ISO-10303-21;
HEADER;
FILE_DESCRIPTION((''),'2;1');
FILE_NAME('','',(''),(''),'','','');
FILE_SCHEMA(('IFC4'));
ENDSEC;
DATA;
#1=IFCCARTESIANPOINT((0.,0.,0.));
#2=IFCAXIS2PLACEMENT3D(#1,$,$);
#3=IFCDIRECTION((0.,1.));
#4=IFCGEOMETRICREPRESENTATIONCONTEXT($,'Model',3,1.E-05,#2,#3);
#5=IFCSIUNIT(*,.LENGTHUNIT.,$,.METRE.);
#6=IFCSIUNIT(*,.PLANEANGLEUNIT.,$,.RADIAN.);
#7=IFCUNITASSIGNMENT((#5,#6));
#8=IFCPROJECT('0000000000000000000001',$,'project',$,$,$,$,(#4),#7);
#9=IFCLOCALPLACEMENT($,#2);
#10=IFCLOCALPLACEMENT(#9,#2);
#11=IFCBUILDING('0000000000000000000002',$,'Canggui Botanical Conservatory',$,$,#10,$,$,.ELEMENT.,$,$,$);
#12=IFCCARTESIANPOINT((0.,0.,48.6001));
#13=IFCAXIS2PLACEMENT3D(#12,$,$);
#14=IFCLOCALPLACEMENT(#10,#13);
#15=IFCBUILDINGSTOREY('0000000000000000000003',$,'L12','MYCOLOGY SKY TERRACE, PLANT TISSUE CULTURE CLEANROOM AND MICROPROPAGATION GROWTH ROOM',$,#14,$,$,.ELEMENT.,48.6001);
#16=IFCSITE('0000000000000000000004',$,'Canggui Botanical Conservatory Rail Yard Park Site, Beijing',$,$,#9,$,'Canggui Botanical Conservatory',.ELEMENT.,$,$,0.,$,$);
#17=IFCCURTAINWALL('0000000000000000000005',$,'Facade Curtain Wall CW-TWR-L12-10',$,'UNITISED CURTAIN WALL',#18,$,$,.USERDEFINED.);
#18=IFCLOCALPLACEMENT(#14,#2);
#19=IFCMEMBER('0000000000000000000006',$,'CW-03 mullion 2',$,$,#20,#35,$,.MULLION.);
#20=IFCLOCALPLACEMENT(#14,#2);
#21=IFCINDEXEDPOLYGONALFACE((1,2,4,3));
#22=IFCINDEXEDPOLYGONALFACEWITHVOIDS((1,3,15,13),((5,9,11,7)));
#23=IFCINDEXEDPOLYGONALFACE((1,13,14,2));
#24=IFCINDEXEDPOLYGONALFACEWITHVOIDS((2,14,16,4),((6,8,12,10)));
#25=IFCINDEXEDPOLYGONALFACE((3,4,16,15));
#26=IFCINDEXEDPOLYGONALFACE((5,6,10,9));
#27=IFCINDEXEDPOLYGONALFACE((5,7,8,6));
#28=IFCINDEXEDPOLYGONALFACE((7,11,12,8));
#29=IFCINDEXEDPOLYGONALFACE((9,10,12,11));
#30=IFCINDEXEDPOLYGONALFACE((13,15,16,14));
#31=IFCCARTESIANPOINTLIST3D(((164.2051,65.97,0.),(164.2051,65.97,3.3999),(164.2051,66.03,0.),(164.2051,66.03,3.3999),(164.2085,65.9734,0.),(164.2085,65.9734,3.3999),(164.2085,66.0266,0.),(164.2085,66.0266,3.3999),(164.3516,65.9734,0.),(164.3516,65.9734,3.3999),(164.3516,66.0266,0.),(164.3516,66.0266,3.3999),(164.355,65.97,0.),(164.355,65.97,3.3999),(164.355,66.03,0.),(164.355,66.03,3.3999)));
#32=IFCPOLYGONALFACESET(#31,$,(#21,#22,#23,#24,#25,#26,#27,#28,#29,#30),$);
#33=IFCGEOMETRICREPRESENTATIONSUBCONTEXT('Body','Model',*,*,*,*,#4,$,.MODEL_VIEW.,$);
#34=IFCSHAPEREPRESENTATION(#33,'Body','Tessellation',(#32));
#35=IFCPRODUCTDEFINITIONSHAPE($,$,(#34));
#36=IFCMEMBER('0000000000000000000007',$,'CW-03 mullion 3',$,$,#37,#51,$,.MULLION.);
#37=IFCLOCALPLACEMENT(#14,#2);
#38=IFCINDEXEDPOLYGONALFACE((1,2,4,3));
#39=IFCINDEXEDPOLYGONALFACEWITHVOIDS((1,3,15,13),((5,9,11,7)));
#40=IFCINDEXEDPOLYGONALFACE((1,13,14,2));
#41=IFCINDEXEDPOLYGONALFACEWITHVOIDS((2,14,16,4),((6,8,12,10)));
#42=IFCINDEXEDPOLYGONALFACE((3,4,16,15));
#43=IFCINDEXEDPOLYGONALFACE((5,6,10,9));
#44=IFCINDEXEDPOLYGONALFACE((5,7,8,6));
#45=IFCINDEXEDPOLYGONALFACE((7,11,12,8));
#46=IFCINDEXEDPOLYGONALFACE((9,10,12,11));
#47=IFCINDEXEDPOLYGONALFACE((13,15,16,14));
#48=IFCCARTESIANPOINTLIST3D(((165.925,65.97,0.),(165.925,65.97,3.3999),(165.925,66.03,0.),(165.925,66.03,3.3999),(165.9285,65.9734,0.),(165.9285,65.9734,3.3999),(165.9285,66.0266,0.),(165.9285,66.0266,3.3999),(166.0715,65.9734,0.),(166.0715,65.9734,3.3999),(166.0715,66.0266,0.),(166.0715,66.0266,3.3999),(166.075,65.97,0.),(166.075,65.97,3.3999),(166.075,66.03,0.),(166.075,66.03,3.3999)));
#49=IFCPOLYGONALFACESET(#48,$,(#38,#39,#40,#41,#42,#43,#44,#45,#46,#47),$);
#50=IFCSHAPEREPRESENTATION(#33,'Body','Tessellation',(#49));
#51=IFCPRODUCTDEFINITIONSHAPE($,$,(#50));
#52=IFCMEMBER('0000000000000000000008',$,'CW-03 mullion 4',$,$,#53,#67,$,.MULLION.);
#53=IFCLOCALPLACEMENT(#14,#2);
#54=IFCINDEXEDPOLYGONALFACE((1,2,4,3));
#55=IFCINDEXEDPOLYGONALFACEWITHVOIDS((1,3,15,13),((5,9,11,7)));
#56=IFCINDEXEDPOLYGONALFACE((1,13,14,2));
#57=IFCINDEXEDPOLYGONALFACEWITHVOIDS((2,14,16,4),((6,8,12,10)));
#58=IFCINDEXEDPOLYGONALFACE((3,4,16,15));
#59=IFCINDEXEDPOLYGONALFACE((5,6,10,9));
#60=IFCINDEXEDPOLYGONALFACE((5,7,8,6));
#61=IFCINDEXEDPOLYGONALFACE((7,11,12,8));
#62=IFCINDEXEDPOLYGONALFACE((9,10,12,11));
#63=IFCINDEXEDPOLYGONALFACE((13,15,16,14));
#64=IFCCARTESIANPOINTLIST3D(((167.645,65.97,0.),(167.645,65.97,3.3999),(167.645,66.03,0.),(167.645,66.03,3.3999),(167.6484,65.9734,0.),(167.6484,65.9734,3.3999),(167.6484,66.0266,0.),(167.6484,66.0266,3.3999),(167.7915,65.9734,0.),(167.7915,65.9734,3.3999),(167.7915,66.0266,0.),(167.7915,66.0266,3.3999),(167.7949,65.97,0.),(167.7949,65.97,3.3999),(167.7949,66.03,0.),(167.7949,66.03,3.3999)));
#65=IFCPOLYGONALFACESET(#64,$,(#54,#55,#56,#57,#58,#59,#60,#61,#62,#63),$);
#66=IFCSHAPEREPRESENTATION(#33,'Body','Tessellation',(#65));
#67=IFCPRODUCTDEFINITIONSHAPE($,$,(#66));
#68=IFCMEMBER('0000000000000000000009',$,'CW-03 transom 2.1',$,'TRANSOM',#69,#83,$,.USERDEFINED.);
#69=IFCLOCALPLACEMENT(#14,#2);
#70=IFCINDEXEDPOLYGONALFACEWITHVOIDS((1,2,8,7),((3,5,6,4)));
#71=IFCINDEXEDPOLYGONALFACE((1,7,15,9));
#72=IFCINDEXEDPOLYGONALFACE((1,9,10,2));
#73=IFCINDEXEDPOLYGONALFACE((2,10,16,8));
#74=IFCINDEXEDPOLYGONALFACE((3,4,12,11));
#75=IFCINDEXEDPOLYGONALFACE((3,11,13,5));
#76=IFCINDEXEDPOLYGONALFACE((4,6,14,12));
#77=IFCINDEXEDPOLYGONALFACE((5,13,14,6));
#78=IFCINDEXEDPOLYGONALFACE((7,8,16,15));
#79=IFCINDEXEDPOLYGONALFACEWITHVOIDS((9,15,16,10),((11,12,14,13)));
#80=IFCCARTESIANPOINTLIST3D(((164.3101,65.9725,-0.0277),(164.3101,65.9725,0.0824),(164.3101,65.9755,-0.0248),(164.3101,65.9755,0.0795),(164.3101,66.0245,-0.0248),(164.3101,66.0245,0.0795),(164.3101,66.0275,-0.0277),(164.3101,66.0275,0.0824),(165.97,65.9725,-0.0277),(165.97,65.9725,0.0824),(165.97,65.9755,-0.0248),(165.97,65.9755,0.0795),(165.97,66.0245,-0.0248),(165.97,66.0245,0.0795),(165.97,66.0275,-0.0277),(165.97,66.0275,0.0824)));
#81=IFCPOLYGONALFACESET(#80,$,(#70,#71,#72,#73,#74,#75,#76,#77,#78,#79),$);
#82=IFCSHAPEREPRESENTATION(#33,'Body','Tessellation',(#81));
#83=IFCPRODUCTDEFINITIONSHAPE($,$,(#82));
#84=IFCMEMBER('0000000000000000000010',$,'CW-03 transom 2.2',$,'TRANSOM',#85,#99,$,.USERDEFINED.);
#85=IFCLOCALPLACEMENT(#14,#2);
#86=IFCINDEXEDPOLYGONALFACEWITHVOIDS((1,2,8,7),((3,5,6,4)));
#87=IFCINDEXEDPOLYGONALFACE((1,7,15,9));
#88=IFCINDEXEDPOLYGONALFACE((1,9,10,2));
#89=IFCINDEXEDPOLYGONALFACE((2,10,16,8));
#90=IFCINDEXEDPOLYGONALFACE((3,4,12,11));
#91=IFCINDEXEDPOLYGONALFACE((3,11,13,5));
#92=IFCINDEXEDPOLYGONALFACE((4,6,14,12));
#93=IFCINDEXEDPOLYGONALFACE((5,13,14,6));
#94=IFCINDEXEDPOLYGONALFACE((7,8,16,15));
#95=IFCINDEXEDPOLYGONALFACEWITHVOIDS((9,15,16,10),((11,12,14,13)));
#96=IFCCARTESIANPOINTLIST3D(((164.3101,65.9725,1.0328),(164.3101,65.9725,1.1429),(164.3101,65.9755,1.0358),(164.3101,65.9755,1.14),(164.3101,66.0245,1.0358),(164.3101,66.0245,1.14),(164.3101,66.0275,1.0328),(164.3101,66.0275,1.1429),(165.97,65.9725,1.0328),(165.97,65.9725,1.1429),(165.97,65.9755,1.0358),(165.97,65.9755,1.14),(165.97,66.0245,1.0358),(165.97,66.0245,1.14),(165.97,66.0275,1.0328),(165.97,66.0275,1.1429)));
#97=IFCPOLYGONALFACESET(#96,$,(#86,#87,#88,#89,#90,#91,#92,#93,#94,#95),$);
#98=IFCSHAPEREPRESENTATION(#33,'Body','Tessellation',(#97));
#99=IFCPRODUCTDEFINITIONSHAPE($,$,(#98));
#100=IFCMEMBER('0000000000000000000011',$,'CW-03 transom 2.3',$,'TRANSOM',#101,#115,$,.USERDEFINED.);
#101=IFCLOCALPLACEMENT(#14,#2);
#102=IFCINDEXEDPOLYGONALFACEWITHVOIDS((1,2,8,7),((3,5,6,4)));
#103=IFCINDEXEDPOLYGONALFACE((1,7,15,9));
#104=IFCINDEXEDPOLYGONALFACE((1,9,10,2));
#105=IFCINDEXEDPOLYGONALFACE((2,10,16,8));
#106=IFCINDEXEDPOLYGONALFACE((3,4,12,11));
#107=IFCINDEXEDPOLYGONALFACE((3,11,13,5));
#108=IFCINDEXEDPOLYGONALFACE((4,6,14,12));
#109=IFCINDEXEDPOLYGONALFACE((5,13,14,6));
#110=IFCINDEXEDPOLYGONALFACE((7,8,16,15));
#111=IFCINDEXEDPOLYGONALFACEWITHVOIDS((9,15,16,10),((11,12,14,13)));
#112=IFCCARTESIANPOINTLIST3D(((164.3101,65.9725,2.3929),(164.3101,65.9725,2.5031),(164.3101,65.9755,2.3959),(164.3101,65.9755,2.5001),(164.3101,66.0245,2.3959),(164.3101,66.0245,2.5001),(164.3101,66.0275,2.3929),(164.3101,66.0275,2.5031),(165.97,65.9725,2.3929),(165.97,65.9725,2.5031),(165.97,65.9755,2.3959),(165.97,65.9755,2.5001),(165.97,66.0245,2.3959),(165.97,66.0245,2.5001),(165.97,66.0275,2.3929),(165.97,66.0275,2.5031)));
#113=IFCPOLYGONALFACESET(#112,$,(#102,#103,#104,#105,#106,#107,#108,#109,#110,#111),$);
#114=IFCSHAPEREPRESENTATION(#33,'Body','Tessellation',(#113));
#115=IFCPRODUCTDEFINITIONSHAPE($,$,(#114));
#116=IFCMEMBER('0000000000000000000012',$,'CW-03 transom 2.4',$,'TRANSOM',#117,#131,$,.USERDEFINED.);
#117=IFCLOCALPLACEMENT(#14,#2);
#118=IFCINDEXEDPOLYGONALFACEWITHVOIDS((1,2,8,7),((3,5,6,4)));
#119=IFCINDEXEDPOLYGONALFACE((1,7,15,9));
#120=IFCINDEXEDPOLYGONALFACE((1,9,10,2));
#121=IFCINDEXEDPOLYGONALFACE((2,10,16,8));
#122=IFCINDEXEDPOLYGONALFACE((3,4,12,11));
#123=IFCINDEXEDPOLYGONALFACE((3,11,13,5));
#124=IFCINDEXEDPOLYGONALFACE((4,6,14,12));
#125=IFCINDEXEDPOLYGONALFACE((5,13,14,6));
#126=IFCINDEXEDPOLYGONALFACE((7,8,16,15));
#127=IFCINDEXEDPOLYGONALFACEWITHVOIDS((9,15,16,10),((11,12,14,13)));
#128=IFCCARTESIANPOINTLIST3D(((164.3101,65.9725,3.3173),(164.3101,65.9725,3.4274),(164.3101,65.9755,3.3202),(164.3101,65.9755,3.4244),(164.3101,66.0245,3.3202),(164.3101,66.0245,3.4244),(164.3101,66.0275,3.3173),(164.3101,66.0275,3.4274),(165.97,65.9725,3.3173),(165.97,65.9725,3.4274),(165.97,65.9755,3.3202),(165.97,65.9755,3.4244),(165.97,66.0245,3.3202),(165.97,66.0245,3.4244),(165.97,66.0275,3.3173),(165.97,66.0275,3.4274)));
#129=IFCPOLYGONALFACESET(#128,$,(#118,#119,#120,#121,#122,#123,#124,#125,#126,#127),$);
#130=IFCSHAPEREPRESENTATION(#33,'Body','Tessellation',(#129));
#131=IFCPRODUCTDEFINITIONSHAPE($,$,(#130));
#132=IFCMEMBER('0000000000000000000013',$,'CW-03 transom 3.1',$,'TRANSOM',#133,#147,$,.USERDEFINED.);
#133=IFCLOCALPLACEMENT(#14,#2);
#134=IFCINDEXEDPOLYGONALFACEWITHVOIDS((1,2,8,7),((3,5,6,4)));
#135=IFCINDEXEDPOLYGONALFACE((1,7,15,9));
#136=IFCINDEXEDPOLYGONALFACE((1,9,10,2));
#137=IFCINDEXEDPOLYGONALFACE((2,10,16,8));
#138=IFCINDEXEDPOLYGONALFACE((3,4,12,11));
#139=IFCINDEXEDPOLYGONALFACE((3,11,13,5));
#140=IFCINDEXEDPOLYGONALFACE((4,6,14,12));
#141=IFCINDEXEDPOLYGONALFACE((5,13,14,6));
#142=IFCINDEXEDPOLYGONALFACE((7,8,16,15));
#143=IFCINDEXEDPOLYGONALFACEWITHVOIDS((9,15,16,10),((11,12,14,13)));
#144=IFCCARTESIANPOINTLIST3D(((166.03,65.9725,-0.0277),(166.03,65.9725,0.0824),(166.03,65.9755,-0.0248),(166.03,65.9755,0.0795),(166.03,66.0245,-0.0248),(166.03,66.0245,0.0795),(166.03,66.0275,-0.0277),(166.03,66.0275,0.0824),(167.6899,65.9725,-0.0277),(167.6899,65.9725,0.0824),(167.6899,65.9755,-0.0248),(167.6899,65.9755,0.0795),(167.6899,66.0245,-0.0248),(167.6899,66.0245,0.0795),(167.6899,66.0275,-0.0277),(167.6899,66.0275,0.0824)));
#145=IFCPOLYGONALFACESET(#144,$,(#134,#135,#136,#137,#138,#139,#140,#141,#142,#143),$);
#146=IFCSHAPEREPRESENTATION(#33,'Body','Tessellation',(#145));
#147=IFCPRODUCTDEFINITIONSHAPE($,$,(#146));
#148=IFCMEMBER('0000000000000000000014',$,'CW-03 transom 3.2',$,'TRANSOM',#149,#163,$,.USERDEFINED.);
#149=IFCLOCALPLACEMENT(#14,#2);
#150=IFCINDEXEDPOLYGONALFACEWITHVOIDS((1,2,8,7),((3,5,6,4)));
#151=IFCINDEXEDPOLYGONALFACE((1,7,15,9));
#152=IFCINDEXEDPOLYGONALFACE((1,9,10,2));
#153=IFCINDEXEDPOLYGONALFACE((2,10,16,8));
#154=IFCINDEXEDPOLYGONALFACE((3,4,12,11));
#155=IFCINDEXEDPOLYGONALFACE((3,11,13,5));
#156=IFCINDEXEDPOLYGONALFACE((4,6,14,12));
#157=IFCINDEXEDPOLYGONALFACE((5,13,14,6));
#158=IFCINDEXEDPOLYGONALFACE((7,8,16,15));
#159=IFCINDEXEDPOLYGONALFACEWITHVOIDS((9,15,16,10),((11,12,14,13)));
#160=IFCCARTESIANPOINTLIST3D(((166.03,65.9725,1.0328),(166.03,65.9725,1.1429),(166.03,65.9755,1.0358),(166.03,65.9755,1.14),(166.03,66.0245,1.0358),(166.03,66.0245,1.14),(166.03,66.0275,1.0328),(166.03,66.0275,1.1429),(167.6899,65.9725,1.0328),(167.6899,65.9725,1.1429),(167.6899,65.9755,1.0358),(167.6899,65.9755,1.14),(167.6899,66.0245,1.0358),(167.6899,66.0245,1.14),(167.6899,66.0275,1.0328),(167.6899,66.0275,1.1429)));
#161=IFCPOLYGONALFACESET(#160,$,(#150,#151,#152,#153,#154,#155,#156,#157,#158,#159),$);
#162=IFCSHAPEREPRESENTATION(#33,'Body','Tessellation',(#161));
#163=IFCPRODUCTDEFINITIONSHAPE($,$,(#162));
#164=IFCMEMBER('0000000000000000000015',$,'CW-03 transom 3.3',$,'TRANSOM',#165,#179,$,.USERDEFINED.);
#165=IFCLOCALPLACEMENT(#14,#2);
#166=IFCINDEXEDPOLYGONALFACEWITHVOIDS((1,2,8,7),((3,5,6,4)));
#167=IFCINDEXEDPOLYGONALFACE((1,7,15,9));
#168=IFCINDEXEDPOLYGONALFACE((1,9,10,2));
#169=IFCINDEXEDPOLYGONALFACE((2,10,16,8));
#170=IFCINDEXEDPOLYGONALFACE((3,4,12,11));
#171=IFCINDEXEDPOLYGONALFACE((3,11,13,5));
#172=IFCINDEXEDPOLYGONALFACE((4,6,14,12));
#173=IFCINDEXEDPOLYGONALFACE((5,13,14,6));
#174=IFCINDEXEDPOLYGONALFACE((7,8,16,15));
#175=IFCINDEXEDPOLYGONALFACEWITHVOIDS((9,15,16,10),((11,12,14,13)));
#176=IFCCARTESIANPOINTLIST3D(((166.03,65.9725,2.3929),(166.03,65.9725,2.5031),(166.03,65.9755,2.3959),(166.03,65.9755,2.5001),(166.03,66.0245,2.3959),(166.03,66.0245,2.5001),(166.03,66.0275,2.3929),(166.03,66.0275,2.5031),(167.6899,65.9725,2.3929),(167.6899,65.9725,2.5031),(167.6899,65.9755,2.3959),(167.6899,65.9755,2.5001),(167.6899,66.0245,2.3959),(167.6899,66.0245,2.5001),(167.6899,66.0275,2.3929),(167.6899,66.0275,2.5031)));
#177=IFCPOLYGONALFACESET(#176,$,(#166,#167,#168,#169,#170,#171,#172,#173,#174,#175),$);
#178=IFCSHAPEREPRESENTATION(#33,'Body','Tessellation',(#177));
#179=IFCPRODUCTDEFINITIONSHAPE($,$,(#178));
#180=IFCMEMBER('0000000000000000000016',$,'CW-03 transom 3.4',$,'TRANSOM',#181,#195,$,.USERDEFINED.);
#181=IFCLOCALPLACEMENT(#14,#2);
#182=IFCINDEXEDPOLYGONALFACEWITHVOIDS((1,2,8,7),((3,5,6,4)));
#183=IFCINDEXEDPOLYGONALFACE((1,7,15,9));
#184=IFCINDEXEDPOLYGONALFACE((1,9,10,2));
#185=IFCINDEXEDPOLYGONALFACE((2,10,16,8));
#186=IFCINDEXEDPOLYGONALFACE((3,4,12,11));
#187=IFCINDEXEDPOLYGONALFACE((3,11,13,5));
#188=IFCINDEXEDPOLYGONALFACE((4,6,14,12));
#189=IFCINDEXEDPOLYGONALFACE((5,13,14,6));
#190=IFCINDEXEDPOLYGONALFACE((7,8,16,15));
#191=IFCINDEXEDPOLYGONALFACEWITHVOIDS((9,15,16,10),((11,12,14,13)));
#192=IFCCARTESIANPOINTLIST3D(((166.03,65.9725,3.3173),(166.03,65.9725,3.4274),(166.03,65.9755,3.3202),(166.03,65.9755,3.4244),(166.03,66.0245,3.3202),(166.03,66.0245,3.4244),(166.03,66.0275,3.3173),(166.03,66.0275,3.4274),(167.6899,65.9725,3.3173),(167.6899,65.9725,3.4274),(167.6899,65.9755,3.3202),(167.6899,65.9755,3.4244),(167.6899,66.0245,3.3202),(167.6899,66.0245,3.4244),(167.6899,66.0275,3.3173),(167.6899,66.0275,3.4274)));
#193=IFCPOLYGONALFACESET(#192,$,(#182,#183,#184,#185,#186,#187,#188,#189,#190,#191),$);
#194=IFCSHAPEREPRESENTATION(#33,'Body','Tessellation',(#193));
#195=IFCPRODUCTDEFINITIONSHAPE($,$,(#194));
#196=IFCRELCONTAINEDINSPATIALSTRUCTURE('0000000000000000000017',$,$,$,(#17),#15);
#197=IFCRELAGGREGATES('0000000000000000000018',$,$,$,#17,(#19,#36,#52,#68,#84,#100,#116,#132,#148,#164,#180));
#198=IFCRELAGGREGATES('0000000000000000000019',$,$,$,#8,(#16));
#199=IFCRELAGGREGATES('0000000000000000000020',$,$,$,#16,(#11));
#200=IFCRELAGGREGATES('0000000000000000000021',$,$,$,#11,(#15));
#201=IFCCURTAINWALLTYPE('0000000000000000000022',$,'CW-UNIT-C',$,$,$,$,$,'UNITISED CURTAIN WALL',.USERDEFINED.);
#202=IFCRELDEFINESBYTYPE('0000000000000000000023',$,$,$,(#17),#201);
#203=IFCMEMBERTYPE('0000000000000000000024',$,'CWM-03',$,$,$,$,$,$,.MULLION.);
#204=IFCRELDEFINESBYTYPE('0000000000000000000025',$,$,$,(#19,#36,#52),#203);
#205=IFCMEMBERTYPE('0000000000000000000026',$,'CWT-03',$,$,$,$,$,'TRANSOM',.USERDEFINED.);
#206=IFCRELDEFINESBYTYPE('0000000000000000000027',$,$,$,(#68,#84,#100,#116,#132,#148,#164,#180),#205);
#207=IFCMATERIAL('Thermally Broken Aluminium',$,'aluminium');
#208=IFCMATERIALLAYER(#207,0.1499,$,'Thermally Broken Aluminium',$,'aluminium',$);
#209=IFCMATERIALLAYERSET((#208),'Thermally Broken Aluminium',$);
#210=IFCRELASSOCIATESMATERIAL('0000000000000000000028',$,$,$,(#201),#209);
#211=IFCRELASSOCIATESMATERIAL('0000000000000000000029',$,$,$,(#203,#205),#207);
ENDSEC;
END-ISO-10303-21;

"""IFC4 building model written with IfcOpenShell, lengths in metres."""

from ifc_helpers import new_model, si_unit, direction, frame, origin, origin_2d, place, context, subcontext, project, spatial, hollow_rectangle, extrude, material, layer, layer_set, material_profile, profile_set, type_object, element, aggregate, save


model = new_model("IFC4")

# Units and contexts
model_context = context("Model", 3, precision=1e-05, world=origin(), true_north=direction((0.0, 1.0)))
body_context = subcontext(model_context, "Body", "Model", "MODEL_VIEW")
ifc_project = project(units=[si_unit("LENGTHUNIT", "METRE"), si_unit("PLANEANGLEUNIT", "RADIAN")], contexts=[model_context])

# Site, building, storey
site_placement = place(None, origin())
site = spatial("IfcSite", under=ifc_project, at=site_placement, Name="Canggui Botanical Conservatory Rail Yard Park Site, Beijing", LongName="Canggui Botanical Conservatory", CompositionType="ELEMENT", RefElevation=0.0)
building_placement = place(site_placement, origin())
building = spatial("IfcBuilding", under=site, at=building_placement, Name="Canggui Botanical Conservatory", CompositionType="ELEMENT")
storey_placement = place(building_placement, frame((0.0, 0.0, 48.6001)))
storey = spatial("IfcBuildingStorey", under=building, at=storey_placement, Name="L12", Description="MYCOLOGY SKY TERRACE, PLANT TISSUE CULTURE CLEANROOM AND MICROPROPAGATION GROWTH ROOM", CompositionType="ELEMENT", Elevation=48.6001)

# Curtain wall, members
ifc_material_1 = material(Name="Thermally Broken Aluminium", Category="aluminium")
ifc_layer_1 = layer(ifc_material_1, 0.1499, Name="Thermally Broken Aluminium", Category="aluminium")
ifc_layer_set_1 = layer_set([ifc_layer_1], Name="Thermally Broken Aluminium")
curtain_wall_type = type_object("IfcCurtainWallType", Name="CW-UNIT-C", ElementType="UNITISED CURTAIN WALL", PredefinedType="USERDEFINED", material=ifc_layer_set_1)
curtain_wall_placement = place(storey_placement, origin())
curtain_wall = element("IfcCurtainWall", 1, at=curtain_wall_placement, inside=storey, type_object=curtain_wall_type, Name="Facade Curtain Wall CW-TWR-L12-10", ObjectType="UNITISED CURTAIN WALL", PredefinedType="USERDEFINED")
ifc_material_profile_1 = material_profile(ifc_material_1, hollow_rectangle(XDim=0.0601, YDim=0.1499, WallThickness=0.0034, at=origin_2d()), Name="CWM 60x150x3.5")
ifc_profile_set_1 = profile_set([ifc_material_profile_1], Name="Thermally Broken Aluminium")
member_type_1 = type_object("IfcMemberType", Name="CWM-03", PredefinedType="MULLION", material=ifc_profile_set_1)
member_1_placement = place(storey_placement, frame((164.28, 66.0, 0.0), z_axis=(0.0, 0.0, 1.0), x_axis=(0.0, 1.0, 0.0)))
member_1 = element("IfcMember", 2, at=member_1_placement, type_object=member_type_1, Name="CW-03 mullion 2", PredefinedType="MULLION", context=body_context, shape_type="SweptSolid", body=[
    extrude(hollow_rectangle(XDim=0.0601, YDim=0.1499, WallThickness=0.0034, at=origin_2d()), origin(), (0.0, 0.0, 1.0), 3.3999),
])
member_2_placement = place(storey_placement, frame((166.0, 66.0, 0.0), z_axis=(0.0, 0.0, 1.0), x_axis=(0.0, 1.0, 0.0)))
member_2 = element("IfcMember", 3, at=member_2_placement, type_object=member_type_1, Name="CW-03 mullion 3", PredefinedType="MULLION", context=body_context, shape_type="SweptSolid", body=[
    extrude(hollow_rectangle(XDim=0.0601, YDim=0.1499, WallThickness=0.0034, at=origin_2d()), origin(), (0.0, 0.0, 1.0), 3.3999),
])
member_3_placement = place(storey_placement, frame((167.72, 66.0, 0.0), z_axis=(0.0, 0.0, 1.0), x_axis=(0.0, 1.0, 0.0)))
member_3 = element("IfcMember", 4, at=member_3_placement, type_object=member_type_1, Name="CW-03 mullion 4", PredefinedType="MULLION", context=body_context, shape_type="SweptSolid", body=[
    extrude(hollow_rectangle(XDim=0.0601, YDim=0.1499, WallThickness=0.0034, at=origin_2d()), origin(), (0.0, 0.0, 1.0), 3.3999),
])
ifc_material_profile_2 = material_profile(ifc_material_1, hollow_rectangle(XDim=0.0549, YDim=0.1101, WallThickness=0.0029, at=origin_2d()), Name="CWT 55x110x3")
ifc_profile_set_2 = profile_set([ifc_material_profile_2], Name="Thermally Broken Aluminium")
member_type_2 = type_object("IfcMemberType", Name="CWT-03", ElementType="TRANSOM", PredefinedType="USERDEFINED", material=ifc_profile_set_2)
member_4_placement = place(storey_placement, frame((164.3101, 66.0, 0.0273), z_axis=(1.0, 0.0, 0.0), x_axis=(0.0, 1.0, 0.0)))
member_4 = element("IfcMember", 5, at=member_4_placement, type_object=member_type_2, Name="CW-03 transom 2.1", ObjectType="TRANSOM", PredefinedType="USERDEFINED", context=body_context, shape_type="SweptSolid", body=[
    extrude(hollow_rectangle(XDim=0.0549, YDim=0.1101, WallThickness=0.0029, at=origin_2d()), origin(), (0.0, 0.0, 1.0), 1.6599),
])
member_5_placement = place(storey_placement, frame((164.3101, 66.0, 1.0879), z_axis=(1.0, 0.0, 0.0), x_axis=(0.0, 1.0, 0.0)))
member_5 = element("IfcMember", 6, at=member_5_placement, type_object=member_type_2, Name="CW-03 transom 2.2", ObjectType="TRANSOM", PredefinedType="USERDEFINED", context=body_context, shape_type="SweptSolid", body=[
    extrude(hollow_rectangle(XDim=0.0549, YDim=0.1101, WallThickness=0.0029, at=origin_2d()), origin(), (0.0, 0.0, 1.0), 1.6599),
])
member_6_placement = place(storey_placement, frame((164.3101, 66.0, 2.448), z_axis=(1.0, 0.0, 0.0), x_axis=(0.0, 1.0, 0.0)))
member_6 = element("IfcMember", 7, at=member_6_placement, type_object=member_type_2, Name="CW-03 transom 2.3", ObjectType="TRANSOM", PredefinedType="USERDEFINED", context=body_context, shape_type="SweptSolid", body=[
    extrude(hollow_rectangle(XDim=0.0549, YDim=0.1101, WallThickness=0.0029, at=origin_2d()), origin(), (0.0, 0.0, 1.0), 1.6599),
])
member_7_placement = place(storey_placement, frame((164.3101, 66.0, 3.3723), z_axis=(1.0, 0.0, 0.0), x_axis=(0.0, 1.0, 0.0)))
member_7 = element("IfcMember", 8, at=member_7_placement, type_object=member_type_2, Name="CW-03 transom 2.4", ObjectType="TRANSOM", PredefinedType="USERDEFINED", context=body_context, shape_type="SweptSolid", body=[
    extrude(hollow_rectangle(XDim=0.0549, YDim=0.1101, WallThickness=0.0029, at=origin_2d()), origin(), (0.0, 0.0, 1.0), 1.6599),
])
member_8_placement = place(storey_placement, frame((166.03, 66.0, 0.0273), z_axis=(1.0, 0.0, 0.0), x_axis=(0.0, 1.0, 0.0)))
member_8 = element("IfcMember", 9, at=member_8_placement, type_object=member_type_2, Name="CW-03 transom 3.1", ObjectType="TRANSOM", PredefinedType="USERDEFINED", context=body_context, shape_type="SweptSolid", body=[
    extrude(hollow_rectangle(XDim=0.0549, YDim=0.1101, WallThickness=0.0029, at=origin_2d()), origin(), (0.0, 0.0, 1.0), 1.6599),
])
member_9_placement = place(storey_placement, frame((166.03, 66.0, 1.0879), z_axis=(1.0, 0.0, 0.0), x_axis=(0.0, 1.0, 0.0)))
member_9 = element("IfcMember", 10, at=member_9_placement, type_object=member_type_2, Name="CW-03 transom 3.2", ObjectType="TRANSOM", PredefinedType="USERDEFINED", context=body_context, shape_type="SweptSolid", body=[
    extrude(hollow_rectangle(XDim=0.0549, YDim=0.1101, WallThickness=0.0029, at=origin_2d()), origin(), (0.0, 0.0, 1.0), 1.6599),
])
member_10_placement = place(storey_placement, frame((166.03, 66.0, 2.448), z_axis=(1.0, 0.0, 0.0), x_axis=(0.0, 1.0, 0.0)))
member_10 = element("IfcMember", 11, at=member_10_placement, type_object=member_type_2, Name="CW-03 transom 3.3", ObjectType="TRANSOM", PredefinedType="USERDEFINED", context=body_context, shape_type="SweptSolid", body=[
    extrude(hollow_rectangle(XDim=0.0549, YDim=0.1101, WallThickness=0.0029, at=origin_2d()), origin(), (0.0, 0.0, 1.0), 1.6599),
])
member_11_placement = place(storey_placement, frame((166.03, 66.0, 3.3723), z_axis=(1.0, 0.0, 0.0), x_axis=(0.0, 1.0, 0.0)))
member_11 = element("IfcMember", 12, at=member_11_placement, type_object=member_type_2, Name="CW-03 transom 3.4", ObjectType="TRANSOM", PredefinedType="USERDEFINED", context=body_context, shape_type="SweptSolid", body=[
    extrude(hollow_rectangle(XDim=0.0549, YDim=0.1101, WallThickness=0.0029, at=origin_2d()), origin(), (0.0, 0.0, 1.0), 1.6599),
])
aggregate(curtain_wall, [member_1, member_2, member_3, member_4, member_5, member_6, member_7, member_8, member_9, member_10, member_11])

save(model, "model.ifc")
